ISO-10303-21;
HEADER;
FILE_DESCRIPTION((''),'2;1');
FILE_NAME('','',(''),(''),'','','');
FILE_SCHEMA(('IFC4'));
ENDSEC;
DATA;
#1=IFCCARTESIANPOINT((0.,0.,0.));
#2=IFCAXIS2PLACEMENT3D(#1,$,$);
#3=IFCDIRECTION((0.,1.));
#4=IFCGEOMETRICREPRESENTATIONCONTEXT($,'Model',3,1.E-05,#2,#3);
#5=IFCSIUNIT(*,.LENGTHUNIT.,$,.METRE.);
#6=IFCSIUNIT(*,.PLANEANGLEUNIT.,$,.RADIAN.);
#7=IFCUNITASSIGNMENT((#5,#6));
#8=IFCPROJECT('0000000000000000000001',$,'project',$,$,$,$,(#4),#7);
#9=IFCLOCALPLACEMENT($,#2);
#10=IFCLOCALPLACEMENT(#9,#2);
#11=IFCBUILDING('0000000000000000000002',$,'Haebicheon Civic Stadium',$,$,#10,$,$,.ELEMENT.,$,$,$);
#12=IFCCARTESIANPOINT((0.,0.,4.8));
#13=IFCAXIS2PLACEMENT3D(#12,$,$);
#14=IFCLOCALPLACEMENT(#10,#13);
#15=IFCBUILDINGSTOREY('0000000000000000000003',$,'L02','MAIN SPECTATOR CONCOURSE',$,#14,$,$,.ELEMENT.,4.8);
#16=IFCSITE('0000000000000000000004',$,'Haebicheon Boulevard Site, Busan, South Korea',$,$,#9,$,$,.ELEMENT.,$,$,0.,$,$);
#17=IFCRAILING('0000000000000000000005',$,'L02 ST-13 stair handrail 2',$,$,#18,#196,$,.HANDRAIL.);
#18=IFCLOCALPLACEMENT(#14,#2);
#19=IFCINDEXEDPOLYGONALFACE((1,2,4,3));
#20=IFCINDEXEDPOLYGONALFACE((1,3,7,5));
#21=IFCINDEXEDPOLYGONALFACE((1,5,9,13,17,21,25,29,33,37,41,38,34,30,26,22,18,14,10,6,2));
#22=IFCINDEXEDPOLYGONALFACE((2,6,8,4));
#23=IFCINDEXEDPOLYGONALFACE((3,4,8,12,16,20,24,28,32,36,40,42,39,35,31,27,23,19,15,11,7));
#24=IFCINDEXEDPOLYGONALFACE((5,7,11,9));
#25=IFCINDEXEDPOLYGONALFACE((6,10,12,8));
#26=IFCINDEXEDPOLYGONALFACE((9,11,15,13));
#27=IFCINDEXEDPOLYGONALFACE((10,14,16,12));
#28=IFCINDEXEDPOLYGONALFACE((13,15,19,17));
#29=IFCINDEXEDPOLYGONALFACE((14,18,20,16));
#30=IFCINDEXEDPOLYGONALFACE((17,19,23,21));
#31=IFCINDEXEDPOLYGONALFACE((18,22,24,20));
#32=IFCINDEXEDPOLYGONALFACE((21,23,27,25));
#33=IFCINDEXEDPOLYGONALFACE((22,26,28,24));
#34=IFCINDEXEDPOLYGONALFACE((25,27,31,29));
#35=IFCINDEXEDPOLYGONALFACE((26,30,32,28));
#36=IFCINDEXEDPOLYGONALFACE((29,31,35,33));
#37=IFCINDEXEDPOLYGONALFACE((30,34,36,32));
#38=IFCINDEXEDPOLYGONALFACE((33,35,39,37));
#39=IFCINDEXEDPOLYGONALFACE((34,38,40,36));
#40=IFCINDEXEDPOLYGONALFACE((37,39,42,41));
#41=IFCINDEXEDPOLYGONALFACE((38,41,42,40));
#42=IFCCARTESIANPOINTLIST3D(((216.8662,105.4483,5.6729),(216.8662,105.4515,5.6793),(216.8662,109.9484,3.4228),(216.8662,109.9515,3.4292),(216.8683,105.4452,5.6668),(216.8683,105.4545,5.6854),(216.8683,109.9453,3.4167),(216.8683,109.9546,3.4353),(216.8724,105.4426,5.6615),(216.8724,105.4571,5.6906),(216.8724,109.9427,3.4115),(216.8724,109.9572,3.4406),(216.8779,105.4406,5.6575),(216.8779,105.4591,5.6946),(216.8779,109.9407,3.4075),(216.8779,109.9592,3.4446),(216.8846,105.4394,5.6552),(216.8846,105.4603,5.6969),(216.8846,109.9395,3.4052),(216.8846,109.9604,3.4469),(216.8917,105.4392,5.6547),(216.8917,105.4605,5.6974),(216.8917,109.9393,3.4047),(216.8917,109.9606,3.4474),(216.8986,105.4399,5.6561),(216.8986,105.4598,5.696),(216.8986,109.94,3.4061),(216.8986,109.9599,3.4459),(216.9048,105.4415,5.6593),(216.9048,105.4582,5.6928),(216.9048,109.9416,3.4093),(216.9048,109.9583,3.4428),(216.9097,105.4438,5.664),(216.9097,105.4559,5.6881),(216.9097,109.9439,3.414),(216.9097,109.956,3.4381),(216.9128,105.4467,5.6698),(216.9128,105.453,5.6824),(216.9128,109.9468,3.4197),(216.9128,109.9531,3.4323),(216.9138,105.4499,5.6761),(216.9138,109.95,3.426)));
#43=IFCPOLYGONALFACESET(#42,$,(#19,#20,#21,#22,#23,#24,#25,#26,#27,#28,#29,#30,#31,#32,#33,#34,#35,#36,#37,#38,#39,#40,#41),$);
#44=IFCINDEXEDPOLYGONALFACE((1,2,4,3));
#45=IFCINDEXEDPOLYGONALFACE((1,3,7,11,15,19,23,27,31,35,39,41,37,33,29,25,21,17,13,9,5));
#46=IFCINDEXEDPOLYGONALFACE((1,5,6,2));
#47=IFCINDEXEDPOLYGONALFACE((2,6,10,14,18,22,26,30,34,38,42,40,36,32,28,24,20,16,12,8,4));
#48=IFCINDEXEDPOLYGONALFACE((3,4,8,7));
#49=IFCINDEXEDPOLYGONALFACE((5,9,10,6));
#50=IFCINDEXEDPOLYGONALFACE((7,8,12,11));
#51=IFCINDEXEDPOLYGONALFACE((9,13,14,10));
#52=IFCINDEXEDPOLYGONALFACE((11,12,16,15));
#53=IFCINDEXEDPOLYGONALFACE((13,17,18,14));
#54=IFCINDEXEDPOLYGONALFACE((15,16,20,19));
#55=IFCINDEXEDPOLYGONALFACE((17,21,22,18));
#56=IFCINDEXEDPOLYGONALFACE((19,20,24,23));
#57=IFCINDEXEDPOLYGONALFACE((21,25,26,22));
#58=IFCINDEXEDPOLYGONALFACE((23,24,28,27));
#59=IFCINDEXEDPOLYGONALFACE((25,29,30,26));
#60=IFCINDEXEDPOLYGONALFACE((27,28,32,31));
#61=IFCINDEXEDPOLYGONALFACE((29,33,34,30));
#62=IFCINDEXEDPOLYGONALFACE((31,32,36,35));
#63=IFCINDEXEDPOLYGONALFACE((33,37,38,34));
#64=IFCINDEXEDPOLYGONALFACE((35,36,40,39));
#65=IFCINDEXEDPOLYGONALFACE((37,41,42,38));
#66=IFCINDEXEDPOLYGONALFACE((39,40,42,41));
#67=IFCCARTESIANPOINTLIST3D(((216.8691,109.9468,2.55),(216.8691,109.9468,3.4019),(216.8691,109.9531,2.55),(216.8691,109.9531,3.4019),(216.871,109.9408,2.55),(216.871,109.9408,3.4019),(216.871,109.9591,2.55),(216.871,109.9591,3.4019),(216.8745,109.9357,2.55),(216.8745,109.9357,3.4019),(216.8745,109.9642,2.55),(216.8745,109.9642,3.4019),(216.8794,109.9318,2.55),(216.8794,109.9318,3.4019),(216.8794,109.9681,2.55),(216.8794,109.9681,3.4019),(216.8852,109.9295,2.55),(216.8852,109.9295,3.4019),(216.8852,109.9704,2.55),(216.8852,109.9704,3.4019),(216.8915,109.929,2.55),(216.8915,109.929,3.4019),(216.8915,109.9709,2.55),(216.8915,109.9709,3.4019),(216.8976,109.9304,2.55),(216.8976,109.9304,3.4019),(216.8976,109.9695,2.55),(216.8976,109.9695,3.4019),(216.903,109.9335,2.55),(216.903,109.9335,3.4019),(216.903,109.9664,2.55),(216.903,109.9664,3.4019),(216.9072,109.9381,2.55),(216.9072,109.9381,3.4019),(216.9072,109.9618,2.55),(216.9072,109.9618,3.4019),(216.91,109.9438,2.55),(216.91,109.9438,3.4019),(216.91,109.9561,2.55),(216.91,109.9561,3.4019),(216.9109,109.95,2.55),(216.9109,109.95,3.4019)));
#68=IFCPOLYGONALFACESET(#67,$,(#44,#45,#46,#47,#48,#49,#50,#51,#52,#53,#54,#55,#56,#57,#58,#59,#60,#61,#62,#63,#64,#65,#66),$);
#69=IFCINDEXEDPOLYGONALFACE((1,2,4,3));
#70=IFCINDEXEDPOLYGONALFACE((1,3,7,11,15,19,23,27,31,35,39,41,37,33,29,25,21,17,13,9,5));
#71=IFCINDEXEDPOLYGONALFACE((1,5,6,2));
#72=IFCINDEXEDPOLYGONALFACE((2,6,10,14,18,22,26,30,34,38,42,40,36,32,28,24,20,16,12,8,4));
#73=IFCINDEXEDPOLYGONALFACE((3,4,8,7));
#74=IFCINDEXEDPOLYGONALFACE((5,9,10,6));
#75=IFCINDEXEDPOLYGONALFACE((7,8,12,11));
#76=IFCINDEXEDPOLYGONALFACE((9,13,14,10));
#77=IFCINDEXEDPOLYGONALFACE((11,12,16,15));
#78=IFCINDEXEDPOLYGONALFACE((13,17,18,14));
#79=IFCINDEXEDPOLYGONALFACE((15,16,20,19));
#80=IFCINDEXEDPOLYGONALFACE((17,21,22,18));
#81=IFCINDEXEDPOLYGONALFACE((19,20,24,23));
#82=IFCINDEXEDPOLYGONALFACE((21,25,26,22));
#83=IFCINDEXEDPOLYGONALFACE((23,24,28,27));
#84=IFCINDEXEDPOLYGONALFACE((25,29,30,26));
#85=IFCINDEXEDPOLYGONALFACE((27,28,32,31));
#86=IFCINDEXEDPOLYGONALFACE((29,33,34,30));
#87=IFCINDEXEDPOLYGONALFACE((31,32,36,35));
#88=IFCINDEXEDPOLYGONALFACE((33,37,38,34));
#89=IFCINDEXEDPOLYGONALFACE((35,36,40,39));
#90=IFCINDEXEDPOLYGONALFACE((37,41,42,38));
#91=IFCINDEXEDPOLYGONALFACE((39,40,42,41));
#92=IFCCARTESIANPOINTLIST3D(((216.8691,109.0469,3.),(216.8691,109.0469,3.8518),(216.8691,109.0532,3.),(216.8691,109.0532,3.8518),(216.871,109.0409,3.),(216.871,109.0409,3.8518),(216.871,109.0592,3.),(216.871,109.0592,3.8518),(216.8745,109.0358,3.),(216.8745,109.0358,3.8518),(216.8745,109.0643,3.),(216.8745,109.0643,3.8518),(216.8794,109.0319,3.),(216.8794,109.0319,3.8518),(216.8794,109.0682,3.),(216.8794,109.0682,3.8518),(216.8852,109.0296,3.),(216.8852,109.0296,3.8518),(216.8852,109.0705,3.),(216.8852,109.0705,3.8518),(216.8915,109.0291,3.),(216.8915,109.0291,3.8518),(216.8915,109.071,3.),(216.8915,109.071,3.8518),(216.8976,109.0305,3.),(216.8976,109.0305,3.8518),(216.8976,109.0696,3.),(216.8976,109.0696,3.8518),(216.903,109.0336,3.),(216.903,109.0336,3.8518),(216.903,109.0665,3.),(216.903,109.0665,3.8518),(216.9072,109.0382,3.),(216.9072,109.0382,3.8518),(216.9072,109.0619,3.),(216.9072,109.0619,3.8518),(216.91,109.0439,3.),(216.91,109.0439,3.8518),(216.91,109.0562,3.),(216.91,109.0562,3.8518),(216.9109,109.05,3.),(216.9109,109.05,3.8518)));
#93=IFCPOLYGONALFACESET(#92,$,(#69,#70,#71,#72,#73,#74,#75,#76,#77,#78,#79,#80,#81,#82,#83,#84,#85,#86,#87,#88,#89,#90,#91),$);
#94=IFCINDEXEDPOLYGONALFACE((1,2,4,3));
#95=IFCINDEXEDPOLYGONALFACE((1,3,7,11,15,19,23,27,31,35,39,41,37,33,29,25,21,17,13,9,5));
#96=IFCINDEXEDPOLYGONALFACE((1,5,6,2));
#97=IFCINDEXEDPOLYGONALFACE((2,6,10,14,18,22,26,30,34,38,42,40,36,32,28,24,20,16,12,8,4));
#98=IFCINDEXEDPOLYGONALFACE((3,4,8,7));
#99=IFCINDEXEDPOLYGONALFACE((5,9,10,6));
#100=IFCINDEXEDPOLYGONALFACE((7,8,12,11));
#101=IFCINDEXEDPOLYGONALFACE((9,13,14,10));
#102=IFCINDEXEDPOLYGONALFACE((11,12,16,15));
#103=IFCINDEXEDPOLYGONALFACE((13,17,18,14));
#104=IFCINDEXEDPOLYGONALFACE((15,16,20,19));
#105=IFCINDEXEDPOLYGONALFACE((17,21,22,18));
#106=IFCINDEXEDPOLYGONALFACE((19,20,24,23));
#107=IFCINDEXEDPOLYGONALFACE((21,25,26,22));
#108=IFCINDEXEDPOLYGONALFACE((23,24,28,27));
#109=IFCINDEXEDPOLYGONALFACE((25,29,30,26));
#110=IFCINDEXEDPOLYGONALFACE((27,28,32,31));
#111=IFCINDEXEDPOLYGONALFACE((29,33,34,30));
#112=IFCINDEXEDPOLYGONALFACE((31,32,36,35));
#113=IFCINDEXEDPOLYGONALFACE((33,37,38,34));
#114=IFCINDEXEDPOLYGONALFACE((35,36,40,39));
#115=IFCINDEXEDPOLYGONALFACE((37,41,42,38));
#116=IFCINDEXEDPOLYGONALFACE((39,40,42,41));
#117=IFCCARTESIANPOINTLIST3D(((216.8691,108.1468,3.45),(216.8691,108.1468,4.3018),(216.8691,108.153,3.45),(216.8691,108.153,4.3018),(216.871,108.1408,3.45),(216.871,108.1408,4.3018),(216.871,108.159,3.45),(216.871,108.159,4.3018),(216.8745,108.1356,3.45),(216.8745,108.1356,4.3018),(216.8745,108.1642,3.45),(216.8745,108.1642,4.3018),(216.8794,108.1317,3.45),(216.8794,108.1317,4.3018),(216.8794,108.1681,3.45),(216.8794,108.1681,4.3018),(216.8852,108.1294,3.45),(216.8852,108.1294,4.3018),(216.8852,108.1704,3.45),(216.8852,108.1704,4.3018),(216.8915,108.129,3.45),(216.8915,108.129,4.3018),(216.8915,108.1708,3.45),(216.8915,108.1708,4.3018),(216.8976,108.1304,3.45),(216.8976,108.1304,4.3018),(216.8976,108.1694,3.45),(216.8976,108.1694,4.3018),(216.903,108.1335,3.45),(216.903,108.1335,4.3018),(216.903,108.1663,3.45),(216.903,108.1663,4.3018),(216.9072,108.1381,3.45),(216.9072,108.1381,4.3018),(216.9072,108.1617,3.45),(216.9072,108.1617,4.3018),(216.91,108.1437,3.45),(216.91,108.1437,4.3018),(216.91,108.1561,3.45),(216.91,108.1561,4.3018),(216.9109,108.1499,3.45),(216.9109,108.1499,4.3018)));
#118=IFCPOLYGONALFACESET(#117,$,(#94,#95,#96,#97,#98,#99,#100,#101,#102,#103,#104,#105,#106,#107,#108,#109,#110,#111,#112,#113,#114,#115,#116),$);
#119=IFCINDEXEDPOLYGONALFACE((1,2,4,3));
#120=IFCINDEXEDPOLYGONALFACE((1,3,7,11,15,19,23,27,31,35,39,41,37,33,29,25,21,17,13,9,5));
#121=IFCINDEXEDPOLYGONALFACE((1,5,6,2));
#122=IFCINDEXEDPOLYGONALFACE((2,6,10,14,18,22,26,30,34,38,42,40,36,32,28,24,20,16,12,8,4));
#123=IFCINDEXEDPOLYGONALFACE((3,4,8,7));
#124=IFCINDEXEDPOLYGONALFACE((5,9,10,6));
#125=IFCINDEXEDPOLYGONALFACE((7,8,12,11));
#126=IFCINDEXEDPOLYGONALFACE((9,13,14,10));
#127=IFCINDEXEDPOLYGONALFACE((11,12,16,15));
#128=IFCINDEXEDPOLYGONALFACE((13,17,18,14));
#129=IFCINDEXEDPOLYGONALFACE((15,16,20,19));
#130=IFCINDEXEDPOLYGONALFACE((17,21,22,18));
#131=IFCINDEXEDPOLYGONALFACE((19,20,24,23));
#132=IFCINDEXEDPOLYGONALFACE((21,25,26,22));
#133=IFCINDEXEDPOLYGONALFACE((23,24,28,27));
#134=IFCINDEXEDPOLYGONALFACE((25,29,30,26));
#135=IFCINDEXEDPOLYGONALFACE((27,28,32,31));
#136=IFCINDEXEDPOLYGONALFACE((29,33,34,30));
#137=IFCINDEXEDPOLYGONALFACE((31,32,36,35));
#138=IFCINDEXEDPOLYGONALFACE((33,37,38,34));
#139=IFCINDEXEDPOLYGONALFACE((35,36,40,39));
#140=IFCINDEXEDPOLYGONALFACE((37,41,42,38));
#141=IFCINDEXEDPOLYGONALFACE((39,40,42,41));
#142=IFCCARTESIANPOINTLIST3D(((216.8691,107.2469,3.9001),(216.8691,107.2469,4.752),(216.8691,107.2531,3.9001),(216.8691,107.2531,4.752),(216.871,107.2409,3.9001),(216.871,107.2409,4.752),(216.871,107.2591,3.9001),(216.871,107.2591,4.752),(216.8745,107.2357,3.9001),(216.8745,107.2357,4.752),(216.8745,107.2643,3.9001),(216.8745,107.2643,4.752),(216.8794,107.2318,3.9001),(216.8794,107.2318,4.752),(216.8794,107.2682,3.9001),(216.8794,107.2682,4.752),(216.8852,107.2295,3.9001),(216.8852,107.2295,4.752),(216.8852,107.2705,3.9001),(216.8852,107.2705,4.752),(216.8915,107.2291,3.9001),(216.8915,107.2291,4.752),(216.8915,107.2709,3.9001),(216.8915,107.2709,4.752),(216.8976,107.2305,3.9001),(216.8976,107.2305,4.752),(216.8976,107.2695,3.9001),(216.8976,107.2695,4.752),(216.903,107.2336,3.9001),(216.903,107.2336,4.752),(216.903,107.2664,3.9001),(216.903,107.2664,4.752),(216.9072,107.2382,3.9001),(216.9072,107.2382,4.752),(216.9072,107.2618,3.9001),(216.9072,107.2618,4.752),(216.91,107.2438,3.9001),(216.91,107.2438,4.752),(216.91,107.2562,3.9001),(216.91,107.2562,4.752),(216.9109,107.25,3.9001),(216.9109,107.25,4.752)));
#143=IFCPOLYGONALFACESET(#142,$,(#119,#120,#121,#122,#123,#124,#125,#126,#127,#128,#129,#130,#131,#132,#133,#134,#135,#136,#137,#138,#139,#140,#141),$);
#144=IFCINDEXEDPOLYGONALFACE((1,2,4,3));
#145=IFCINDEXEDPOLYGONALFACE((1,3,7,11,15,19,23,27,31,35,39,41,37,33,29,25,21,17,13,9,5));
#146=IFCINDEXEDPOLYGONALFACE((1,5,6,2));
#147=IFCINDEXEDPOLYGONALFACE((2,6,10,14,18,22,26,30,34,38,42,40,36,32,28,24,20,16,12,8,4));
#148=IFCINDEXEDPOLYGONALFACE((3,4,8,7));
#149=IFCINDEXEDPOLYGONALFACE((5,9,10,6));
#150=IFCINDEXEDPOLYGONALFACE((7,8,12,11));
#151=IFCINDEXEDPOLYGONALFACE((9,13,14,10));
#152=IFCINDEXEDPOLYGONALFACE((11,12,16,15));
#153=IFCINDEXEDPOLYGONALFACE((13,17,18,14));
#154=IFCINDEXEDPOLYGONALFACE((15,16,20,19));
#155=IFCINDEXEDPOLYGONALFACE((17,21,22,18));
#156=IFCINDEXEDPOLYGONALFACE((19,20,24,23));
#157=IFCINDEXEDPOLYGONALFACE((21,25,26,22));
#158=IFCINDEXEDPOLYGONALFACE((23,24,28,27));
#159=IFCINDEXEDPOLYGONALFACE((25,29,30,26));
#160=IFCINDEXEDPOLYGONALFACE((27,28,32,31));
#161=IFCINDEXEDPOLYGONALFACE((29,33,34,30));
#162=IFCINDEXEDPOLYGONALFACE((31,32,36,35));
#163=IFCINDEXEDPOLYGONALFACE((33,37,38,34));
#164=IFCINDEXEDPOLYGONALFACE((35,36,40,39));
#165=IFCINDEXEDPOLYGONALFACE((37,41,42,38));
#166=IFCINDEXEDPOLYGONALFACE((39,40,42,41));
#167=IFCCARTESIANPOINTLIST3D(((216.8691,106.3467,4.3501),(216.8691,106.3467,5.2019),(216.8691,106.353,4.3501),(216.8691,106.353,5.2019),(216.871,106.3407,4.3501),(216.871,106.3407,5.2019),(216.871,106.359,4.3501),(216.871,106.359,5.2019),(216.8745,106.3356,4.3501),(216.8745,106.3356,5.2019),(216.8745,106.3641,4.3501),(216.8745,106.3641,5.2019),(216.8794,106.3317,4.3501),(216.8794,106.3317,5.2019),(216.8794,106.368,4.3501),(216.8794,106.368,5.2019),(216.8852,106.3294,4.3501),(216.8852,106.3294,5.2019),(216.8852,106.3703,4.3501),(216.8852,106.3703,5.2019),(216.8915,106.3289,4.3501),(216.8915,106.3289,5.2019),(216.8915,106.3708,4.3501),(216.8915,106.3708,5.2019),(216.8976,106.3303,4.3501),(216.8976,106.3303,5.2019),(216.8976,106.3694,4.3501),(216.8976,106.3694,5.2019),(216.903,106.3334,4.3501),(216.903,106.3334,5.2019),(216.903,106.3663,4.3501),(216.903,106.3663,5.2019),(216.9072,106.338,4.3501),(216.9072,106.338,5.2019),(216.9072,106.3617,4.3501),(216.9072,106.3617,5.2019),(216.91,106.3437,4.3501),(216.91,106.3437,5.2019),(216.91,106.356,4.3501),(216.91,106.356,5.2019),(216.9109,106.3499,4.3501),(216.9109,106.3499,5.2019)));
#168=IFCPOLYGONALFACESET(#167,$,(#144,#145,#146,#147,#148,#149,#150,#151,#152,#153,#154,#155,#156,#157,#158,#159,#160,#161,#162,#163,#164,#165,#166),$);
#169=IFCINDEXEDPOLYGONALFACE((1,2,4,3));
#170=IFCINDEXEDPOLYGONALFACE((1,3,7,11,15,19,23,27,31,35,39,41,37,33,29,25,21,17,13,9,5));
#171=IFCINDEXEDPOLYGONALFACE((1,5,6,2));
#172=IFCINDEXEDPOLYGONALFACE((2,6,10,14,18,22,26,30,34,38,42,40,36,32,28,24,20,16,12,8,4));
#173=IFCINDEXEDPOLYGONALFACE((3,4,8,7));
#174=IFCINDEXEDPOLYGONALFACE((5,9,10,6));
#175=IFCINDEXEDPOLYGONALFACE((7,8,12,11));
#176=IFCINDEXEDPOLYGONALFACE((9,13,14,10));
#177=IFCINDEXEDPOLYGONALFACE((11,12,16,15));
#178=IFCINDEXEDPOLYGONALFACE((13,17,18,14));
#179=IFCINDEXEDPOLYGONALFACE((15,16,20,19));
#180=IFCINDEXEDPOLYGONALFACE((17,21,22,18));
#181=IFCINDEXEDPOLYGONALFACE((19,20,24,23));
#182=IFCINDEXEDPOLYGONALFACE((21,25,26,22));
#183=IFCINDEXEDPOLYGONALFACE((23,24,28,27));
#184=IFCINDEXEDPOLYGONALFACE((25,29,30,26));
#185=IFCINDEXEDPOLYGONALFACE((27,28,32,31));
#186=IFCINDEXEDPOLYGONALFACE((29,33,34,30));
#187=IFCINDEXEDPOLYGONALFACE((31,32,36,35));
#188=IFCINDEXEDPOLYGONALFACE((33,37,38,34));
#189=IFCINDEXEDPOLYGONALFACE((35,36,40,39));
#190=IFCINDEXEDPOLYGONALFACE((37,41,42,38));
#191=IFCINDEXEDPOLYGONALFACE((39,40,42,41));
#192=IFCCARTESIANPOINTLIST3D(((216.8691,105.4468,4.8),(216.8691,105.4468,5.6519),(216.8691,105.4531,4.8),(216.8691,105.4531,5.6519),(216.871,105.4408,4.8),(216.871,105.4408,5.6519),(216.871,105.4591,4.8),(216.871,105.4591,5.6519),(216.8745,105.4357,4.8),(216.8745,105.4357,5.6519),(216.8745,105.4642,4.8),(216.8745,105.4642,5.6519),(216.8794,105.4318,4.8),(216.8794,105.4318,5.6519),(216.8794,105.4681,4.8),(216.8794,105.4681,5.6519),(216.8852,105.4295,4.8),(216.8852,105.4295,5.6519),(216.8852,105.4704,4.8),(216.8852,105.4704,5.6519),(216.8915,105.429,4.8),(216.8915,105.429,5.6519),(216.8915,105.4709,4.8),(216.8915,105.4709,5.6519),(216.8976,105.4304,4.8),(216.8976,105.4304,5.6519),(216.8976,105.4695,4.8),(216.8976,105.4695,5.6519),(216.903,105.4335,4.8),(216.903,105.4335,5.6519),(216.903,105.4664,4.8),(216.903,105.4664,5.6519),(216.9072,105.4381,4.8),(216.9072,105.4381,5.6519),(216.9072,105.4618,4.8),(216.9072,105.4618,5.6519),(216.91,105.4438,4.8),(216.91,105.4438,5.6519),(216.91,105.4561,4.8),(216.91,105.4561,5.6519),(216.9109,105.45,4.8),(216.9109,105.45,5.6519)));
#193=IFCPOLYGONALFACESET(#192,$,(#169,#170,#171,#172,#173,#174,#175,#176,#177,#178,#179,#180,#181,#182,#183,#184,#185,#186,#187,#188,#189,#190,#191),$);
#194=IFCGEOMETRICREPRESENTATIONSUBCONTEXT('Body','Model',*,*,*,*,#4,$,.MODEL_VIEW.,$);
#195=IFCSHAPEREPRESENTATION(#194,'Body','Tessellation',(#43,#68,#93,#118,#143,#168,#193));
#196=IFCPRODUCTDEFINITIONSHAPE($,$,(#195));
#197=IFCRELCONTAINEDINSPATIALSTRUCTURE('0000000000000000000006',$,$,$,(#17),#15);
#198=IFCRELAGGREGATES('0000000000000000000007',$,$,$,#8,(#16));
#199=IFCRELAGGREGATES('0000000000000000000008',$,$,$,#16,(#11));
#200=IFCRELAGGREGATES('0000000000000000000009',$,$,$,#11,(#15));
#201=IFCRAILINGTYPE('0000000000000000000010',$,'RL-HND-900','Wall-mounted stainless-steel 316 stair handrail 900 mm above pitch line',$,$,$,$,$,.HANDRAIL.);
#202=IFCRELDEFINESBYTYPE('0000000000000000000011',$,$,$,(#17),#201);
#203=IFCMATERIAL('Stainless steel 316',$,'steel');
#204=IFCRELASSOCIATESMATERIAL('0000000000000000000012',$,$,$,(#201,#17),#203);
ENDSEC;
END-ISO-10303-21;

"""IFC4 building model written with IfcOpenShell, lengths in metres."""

from ifc_helpers import new_model, si_unit, direction, frame, origin, origin_2d, place, context, subcontext, project, spatial, circle, extrude, material, type_object, element, save


model = new_model("IFC4")

# Units and contexts
model_context = context("Model", 3, precision=1e-05, world=origin(), true_north=direction((0.0, 1.0)))
body_context = subcontext(model_context, "Body", "Model", "MODEL_VIEW")
ifc_project = project(units=[si_unit("LENGTHUNIT", "METRE"), si_unit("PLANEANGLEUNIT", "RADIAN")], contexts=[model_context])

# Site, building, storey
site_placement = place(None, origin())
site = spatial("IfcSite", under=ifc_project, at=site_placement, Name="Haebicheon Boulevard Site, Busan, South Korea", CompositionType="ELEMENT", RefElevation=0.0)
building_placement = place(site_placement, origin())
building = spatial("IfcBuilding", under=site, at=building_placement, Name="Haebicheon Civic Stadium", CompositionType="ELEMENT")
storey_placement = place(building_placement, frame((0.0, 0.0, 4.8)))
storey = spatial("IfcBuildingStorey", under=building, at=storey_placement, Name="L02", Description="MAIN SPECTATOR CONCOURSE", CompositionType="ELEMENT", Elevation=4.8)

# Railing
ifc_material_1 = material(Name="Stainless steel 316", Category="steel")
railing_type_1 = type_object("IfcRailingType", Name="RL-HND-900", Description="Wall-mounted stainless-steel 316 stair handrail 900 mm above pitch line", PredefinedType="HANDRAIL", material=ifc_material_1)
railing_1_placement = place(storey_placement, frame((216.8899, 109.95, 2.55)))
element("IfcRailing", 1, at=railing_1_placement, inside=storey, type_object=railing_type_1, material=ifc_material_1, Name="L02 ST-13 stair handrail 2", PredefinedType="HANDRAIL", context=body_context, shape_type="SweptSolid", body=[
    extrude(circle(Radius=0.0239, at=origin_2d()), frame((0.0, 0.0, 0.876), z_axis=(0.0, -0.894427, 0.447214), x_axis=(1.0, 0.0, 0.0)), (0.0, 0.0, 1.0), 5.0312),
    extrude(circle(Radius=0.021, at=origin_2d()), origin(), (0.0, 0.0, 1.0), 0.8518),
    extrude(circle(Radius=0.021, at=origin_2d()), frame((0.0, -0.8999, 0.45)), (0.0, 0.0, 1.0), 0.8518),
    extrude(circle(Radius=0.021, at=origin_2d()), frame((0.0, -1.8, 0.8999)), (0.0, 0.0, 1.0), 0.8518),
    extrude(circle(Radius=0.021, at=origin_2d()), frame((0.0, -2.7, 1.3501)), (0.0, 0.0, 1.0), 0.8518),
    extrude(circle(Radius=0.021, at=origin_2d()), frame((0.0, -3.6001, 1.8)), (0.0, 0.0, 1.0), 0.8518),
    extrude(circle(Radius=0.021, at=origin_2d()), frame((0.0, -4.5, 2.25)), (0.0, 0.0, 1.0), 0.8518),
])

save(model, "model.ifc")
